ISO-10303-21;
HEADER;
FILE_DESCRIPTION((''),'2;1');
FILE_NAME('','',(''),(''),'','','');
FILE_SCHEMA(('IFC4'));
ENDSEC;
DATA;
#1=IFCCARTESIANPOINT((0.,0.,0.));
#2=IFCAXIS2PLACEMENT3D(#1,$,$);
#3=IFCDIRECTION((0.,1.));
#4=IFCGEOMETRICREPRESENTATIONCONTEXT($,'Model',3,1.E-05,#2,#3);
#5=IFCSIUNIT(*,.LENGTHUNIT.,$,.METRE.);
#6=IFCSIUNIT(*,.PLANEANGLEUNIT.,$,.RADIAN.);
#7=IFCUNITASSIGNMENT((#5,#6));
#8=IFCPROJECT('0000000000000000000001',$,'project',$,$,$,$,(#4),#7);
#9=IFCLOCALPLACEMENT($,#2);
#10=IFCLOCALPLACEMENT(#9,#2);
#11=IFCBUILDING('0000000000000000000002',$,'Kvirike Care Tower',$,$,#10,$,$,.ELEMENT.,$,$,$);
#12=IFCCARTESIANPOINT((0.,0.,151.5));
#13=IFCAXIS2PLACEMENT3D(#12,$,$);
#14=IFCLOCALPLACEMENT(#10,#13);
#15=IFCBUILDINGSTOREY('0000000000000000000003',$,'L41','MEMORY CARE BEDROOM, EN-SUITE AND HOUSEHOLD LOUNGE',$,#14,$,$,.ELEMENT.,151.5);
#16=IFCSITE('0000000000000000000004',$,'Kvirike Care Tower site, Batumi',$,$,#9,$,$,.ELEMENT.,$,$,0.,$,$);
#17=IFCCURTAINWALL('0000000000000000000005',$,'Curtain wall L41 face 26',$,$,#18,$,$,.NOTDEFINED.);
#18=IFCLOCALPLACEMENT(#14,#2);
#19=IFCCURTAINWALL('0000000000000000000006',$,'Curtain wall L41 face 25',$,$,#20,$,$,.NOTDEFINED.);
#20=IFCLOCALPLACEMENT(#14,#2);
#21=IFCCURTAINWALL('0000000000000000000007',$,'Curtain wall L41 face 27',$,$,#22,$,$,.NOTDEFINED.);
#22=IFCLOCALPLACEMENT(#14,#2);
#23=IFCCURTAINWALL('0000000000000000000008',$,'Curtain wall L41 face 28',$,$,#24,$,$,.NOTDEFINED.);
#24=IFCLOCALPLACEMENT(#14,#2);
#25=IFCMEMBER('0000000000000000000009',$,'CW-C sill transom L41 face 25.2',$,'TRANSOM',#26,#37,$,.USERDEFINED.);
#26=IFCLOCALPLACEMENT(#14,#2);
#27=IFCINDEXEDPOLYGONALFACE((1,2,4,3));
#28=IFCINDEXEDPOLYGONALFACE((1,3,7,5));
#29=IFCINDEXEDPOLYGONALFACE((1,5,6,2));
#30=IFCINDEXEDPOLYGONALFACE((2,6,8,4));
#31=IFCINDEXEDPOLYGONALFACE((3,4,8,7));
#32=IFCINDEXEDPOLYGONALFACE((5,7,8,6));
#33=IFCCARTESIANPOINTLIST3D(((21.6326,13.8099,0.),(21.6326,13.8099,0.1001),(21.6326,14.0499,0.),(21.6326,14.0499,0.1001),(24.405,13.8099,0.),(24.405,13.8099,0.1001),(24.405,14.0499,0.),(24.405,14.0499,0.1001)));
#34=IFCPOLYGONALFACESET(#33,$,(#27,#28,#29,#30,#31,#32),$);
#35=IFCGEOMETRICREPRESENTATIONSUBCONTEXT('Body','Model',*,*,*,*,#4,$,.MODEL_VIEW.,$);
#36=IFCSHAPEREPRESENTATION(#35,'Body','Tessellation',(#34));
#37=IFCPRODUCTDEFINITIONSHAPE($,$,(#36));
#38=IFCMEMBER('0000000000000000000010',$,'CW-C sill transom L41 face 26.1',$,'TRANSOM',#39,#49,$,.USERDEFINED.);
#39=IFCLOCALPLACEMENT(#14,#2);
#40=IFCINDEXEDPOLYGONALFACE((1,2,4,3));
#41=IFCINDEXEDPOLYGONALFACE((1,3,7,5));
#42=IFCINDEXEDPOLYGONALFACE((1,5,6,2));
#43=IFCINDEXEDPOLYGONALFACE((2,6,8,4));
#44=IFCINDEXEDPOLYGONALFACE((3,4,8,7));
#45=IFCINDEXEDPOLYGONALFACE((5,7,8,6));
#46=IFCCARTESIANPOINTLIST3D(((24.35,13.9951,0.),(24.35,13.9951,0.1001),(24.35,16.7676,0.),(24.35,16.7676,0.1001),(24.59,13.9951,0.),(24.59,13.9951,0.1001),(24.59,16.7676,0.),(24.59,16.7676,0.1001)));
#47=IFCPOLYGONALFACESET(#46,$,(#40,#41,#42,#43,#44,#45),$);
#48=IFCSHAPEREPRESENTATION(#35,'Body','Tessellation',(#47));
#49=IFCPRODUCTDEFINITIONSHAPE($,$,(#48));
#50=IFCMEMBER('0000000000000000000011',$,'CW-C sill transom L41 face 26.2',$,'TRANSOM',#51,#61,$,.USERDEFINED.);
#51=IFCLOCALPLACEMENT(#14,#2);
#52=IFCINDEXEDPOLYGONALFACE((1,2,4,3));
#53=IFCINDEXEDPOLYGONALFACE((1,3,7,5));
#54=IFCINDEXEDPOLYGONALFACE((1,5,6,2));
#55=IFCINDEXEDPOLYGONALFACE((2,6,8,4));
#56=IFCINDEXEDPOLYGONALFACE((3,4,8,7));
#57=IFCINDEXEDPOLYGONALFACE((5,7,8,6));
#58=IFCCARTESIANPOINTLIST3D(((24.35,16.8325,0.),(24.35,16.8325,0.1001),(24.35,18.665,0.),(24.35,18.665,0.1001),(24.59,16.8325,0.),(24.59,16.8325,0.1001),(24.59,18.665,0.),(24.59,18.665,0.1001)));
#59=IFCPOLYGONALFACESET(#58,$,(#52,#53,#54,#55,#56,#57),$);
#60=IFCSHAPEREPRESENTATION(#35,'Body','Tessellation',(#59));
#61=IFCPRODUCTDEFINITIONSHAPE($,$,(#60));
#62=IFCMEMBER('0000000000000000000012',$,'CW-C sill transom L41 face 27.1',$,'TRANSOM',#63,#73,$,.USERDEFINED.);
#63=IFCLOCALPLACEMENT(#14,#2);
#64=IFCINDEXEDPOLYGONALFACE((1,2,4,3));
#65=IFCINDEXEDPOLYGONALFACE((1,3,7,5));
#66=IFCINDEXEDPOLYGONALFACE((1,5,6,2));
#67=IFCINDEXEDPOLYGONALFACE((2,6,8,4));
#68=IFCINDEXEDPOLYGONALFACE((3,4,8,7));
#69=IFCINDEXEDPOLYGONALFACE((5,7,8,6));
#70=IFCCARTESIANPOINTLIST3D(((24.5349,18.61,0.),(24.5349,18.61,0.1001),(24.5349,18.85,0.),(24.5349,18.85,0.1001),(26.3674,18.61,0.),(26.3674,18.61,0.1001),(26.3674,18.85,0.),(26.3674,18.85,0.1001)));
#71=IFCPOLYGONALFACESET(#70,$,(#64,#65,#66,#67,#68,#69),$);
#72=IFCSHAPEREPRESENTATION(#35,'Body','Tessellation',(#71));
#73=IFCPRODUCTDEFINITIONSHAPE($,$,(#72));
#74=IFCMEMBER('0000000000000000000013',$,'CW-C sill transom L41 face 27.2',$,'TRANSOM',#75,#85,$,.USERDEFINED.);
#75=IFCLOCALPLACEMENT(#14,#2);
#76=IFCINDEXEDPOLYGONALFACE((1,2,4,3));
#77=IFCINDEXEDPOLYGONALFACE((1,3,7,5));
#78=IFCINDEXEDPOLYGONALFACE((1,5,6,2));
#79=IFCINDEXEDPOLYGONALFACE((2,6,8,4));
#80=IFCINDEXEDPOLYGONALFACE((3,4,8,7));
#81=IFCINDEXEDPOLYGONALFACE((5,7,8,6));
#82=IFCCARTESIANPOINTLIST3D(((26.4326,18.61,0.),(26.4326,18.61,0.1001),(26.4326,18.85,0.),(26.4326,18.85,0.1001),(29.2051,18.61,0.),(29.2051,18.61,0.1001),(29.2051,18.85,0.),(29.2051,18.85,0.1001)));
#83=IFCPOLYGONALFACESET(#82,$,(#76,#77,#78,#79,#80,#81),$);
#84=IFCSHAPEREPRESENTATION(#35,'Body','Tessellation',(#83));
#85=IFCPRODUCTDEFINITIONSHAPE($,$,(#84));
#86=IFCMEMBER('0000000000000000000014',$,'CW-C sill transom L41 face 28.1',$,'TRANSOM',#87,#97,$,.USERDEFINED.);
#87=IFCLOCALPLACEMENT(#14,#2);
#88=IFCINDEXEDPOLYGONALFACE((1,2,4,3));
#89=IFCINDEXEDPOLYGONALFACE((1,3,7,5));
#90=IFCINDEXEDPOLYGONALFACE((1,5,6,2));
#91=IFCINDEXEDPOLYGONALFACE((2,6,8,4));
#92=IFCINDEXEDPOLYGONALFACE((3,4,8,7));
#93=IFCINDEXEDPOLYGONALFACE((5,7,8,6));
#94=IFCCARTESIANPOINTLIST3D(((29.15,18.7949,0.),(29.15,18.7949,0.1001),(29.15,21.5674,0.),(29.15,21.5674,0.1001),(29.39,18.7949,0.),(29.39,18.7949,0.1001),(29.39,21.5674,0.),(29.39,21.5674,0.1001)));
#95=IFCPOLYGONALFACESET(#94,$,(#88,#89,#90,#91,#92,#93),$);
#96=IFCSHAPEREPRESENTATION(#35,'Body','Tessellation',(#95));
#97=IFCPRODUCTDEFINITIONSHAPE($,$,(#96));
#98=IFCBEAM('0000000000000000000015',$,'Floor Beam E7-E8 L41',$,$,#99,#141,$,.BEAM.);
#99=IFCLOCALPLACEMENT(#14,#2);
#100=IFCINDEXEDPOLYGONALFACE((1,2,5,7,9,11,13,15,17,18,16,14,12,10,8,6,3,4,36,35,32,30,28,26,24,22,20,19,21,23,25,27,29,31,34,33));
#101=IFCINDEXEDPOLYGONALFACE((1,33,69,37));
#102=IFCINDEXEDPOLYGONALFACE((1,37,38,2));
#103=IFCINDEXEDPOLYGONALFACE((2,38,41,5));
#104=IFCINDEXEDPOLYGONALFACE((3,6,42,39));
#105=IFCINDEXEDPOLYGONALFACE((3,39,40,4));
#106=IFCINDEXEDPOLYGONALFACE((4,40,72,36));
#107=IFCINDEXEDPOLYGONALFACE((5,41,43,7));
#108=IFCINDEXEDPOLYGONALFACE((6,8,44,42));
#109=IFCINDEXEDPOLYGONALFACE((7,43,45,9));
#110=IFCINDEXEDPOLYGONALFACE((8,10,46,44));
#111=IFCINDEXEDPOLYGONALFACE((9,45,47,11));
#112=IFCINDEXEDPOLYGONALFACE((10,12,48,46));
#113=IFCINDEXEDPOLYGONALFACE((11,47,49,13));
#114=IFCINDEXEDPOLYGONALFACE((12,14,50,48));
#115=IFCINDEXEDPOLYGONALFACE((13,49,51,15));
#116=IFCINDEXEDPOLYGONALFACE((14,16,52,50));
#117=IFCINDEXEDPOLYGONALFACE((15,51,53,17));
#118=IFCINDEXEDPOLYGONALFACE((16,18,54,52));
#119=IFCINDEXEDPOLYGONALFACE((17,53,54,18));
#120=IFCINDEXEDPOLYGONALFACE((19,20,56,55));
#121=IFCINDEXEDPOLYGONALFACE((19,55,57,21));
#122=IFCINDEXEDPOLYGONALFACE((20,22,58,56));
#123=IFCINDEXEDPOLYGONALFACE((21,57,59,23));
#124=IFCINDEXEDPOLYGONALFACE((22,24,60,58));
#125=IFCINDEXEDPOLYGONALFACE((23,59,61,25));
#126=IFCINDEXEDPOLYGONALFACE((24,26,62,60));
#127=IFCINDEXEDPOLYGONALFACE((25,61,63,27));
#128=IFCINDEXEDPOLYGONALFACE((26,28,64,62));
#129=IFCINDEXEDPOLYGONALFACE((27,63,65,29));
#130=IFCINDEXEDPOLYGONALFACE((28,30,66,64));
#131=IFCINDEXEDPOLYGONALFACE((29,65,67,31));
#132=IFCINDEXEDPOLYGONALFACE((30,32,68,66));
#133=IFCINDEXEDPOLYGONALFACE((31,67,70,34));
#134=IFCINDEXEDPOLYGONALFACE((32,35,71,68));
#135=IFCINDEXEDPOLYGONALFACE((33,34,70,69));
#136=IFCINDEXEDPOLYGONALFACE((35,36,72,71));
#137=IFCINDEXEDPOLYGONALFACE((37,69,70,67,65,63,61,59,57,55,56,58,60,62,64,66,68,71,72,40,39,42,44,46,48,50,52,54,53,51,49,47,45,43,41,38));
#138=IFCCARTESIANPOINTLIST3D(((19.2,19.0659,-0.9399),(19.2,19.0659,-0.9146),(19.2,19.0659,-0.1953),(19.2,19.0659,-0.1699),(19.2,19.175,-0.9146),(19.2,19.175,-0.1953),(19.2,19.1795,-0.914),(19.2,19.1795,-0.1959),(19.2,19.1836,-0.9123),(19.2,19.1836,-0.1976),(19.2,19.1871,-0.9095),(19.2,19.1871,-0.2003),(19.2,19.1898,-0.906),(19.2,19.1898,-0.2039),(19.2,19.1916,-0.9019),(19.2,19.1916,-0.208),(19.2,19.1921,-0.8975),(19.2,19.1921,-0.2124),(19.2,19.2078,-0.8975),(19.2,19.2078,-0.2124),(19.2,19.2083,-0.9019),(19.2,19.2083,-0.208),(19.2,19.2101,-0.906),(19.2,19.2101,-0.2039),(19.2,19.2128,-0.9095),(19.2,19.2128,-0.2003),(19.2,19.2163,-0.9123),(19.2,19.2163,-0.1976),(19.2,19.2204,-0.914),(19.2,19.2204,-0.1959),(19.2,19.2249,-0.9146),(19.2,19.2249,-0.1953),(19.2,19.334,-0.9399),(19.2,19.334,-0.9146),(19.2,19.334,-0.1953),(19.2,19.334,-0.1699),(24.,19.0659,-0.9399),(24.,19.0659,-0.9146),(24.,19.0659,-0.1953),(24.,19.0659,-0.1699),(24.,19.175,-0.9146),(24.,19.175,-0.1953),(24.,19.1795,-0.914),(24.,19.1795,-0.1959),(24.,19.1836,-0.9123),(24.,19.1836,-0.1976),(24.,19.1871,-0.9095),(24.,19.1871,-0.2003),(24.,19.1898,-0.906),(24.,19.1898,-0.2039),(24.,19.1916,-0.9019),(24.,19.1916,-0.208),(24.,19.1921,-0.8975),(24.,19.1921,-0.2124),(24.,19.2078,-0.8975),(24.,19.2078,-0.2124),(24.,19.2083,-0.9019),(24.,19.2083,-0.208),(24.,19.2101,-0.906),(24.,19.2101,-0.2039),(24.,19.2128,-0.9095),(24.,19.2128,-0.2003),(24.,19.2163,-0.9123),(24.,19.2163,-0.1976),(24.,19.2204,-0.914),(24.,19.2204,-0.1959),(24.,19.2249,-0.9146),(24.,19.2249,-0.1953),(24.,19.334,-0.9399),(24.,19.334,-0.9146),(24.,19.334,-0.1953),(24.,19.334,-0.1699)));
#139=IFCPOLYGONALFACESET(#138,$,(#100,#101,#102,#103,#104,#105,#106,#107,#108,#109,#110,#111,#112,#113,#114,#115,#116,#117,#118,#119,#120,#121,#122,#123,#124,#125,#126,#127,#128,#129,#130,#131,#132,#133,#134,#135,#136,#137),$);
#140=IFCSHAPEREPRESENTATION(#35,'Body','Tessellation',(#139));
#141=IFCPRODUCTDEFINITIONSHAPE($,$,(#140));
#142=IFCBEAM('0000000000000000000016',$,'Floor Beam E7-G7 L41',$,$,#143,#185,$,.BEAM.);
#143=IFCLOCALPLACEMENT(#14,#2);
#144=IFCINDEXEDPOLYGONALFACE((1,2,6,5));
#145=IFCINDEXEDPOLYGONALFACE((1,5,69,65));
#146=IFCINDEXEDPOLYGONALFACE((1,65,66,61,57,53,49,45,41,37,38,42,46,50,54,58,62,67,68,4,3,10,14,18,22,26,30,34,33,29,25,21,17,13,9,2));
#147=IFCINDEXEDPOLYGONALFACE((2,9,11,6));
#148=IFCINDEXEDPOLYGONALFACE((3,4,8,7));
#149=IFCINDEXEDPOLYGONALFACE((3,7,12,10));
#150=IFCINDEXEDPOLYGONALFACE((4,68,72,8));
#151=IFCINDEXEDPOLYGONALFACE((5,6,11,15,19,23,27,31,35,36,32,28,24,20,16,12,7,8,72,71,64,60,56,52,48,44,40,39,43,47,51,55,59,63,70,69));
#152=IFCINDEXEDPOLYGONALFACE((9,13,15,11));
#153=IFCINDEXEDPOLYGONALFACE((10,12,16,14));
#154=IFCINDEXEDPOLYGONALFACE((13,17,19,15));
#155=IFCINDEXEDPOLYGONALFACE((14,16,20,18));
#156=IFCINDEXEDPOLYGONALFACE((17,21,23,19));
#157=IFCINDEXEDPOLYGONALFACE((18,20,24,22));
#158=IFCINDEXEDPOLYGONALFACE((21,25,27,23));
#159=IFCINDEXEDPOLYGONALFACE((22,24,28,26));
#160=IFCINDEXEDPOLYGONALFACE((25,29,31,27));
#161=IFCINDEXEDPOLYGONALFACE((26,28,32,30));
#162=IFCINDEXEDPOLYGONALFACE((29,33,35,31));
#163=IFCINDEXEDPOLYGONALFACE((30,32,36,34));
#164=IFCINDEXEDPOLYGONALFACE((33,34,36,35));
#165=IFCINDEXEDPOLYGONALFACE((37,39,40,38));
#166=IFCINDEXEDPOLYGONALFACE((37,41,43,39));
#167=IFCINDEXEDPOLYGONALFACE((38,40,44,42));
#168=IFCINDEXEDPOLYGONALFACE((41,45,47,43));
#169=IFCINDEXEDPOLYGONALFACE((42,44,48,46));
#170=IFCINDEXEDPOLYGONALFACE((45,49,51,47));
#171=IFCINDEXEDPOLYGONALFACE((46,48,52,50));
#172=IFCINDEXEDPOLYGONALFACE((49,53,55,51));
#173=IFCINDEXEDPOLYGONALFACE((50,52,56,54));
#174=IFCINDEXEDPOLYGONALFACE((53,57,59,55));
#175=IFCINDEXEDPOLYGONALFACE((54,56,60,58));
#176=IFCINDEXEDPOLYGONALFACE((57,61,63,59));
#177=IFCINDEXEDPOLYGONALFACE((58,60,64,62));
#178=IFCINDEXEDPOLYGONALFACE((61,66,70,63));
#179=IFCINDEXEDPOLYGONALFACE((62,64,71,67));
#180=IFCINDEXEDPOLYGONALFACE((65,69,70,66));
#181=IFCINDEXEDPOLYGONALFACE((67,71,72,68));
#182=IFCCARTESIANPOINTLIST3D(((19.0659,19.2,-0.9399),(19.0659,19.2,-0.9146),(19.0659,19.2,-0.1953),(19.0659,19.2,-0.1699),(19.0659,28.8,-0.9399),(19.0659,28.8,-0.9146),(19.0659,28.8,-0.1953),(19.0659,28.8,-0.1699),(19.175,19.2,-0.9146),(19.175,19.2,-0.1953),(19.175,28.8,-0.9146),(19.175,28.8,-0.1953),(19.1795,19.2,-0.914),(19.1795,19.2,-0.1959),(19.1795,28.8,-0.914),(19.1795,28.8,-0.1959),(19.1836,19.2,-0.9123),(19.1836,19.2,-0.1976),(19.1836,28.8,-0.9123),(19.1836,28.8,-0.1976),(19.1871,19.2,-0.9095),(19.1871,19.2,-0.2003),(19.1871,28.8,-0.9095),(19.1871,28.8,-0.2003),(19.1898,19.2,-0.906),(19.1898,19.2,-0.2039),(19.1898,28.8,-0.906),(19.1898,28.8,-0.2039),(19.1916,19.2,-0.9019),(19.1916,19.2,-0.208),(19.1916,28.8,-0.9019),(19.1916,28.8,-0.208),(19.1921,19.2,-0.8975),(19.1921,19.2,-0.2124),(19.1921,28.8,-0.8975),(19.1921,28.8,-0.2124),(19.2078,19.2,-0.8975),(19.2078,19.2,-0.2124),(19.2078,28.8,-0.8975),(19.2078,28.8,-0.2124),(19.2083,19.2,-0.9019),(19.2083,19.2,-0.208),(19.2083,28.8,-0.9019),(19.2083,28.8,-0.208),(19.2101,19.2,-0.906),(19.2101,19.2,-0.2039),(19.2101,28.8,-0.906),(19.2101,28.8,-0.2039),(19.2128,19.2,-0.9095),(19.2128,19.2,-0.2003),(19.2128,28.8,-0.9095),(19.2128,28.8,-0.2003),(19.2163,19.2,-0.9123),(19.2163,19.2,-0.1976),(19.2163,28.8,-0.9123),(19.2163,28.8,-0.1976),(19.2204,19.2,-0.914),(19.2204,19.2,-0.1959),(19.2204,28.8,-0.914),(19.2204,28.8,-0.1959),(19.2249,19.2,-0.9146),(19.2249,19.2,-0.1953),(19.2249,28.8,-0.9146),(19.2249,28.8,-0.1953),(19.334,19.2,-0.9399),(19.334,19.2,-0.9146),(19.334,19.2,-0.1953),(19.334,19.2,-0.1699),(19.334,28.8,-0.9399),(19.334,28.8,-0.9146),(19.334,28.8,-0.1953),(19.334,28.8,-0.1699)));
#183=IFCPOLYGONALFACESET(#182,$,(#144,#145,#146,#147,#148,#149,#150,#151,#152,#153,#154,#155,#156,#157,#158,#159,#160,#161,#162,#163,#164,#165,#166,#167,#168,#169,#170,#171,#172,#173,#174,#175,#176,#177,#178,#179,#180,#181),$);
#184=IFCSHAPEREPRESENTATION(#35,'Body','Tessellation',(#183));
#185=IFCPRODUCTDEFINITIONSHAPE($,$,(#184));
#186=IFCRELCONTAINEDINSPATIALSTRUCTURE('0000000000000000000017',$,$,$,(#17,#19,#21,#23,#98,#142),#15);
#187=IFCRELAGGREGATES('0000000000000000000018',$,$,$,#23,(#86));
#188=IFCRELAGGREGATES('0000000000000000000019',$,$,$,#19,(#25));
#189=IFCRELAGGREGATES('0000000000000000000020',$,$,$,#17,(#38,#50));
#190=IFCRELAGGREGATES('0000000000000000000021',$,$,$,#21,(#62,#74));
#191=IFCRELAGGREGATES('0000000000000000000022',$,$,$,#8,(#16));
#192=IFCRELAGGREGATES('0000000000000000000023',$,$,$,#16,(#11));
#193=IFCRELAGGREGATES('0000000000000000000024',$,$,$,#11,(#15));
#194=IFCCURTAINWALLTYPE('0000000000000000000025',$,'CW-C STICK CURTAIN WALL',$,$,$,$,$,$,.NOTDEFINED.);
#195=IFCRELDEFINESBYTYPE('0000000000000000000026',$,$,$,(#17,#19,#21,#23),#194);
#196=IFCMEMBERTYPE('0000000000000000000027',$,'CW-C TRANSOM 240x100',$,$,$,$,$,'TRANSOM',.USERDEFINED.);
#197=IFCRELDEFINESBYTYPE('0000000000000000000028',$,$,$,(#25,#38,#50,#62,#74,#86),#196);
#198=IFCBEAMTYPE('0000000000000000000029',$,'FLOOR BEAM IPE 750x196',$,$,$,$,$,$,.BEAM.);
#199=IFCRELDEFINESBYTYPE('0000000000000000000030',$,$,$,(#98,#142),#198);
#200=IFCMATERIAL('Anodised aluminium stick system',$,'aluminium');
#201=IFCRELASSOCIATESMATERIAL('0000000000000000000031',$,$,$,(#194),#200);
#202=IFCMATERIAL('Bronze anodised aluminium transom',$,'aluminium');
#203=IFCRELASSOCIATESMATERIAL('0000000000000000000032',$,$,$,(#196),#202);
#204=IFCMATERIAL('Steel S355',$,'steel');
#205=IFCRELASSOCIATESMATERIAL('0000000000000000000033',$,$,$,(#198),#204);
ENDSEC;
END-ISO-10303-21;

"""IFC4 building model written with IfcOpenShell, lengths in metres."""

from ifc_helpers import new_model, si_unit, direction, frame, origin, origin_2d, place, context, subcontext, project, spatial, rectangle, i_section, extrude, material, material_profile, profile_set, type_object, element, aggregate, save


model = new_model("IFC4")

# Units and contexts
model_context = context("Model", 3, precision=1e-05, world=origin(), true_north=direction((0.0, 1.0)))
body_context = subcontext(model_context, "Body", "Model", "MODEL_VIEW")
ifc_project = project(units=[si_unit("LENGTHUNIT", "METRE"), si_unit("PLANEANGLEUNIT", "RADIAN")], contexts=[model_context])

# Site, building, storey
site_placement = place(None, origin())
site = spatial("IfcSite", under=ifc_project, at=site_placement, Name="Kvirike Care Tower site, Batumi", CompositionType="ELEMENT", RefElevation=0.0)
building_placement = place(site_placement, origin())
building = spatial("IfcBuilding", under=site, at=building_placement, Name="Kvirike Care Tower", CompositionType="ELEMENT")
storey_placement = place(building_placement, frame((0.0, 0.0, 151.5)))
storey = spatial("IfcBuildingStorey", under=building, at=storey_placement, Name="L41", Description="MEMORY CARE BEDROOM, EN-SUITE AND HOUSEHOLD LOUNGE", CompositionType="ELEMENT", Elevation=151.5)

# Curtain wall
ifc_material_1 = material(Name="Anodised aluminium stick system", Category="aluminium")
curtain_wall_type = type_object("IfcCurtainWallType", Name="CW-C STICK CURTAIN WALL", PredefinedType="NOTDEFINED", material=ifc_material_1)
curtain_wall_1_placement = place(storey_placement, origin())
curtain_wall_1 = element("IfcCurtainWall", 1, at=curtain_wall_1_placement, inside=storey, type_object=curtain_wall_type, Name="Curtain wall L41 face 26", PredefinedType="NOTDEFINED")

# Curtain wall
curtain_wall_2_placement = place(storey_placement, origin())
curtain_wall_2 = element("IfcCurtainWall", 2, at=curtain_wall_2_placement, inside=storey, type_object=curtain_wall_type, Name="Curtain wall L41 face 25", PredefinedType="NOTDEFINED")

# Curtain wall
curtain_wall_3_placement = place(storey_placement, origin())
curtain_wall_3 = element("IfcCurtainWall", 3, at=curtain_wall_3_placement, inside=storey, type_object=curtain_wall_type, Name="Curtain wall L41 face 27", PredefinedType="NOTDEFINED")

# Curtain wall
curtain_wall_4_placement = place(storey_placement, origin())
curtain_wall_4 = element("IfcCurtainWall", 4, at=curtain_wall_4_placement, inside=storey, type_object=curtain_wall_type, Name="Curtain wall L41 face 28", PredefinedType="NOTDEFINED")

# Members
ifc_material_2 = material(Name="Bronze anodised aluminium transom", Category="aluminium")
ifc_material_profile_1 = material_profile(ifc_material_2, rectangle(XDim=0.24, YDim=0.1001, at=origin_2d()), Name="CW-C TRANSOM 240x100")
ifc_profile_set_1 = profile_set([ifc_material_profile_1], Name="Bronze anodised aluminium transom")
member_type_1 = type_object("IfcMemberType", Name="CW-C TRANSOM 240x100", ElementType="TRANSOM", PredefinedType="USERDEFINED", material=ifc_profile_set_1)
member_1_placement = place(storey_placement, frame((21.6326, 13.9299, 0.05), z_axis=(1.0, 0.0, 0.0), x_axis=(0.0, 1.0, 0.0)))
member_1 = element("IfcMember", 5, at=member_1_placement, type_object=member_type_1, Name="CW-C sill transom L41 face 25.2", ObjectType="TRANSOM", PredefinedType="USERDEFINED", context=body_context, shape_type="SweptSolid", body=[
    extrude(rectangle(XDim=0.24, YDim=0.1001, at=origin_2d()), origin(), (0.0, 0.0, 1.0), 2.7725),
])
member_2_placement = place(storey_placement, frame((24.47, 13.9951, 0.05), z_axis=(0.0, 1.0, 0.0), x_axis=(-1.0, 0.0, 0.0)))
member_2 = element("IfcMember", 6, at=member_2_placement, type_object=member_type_1, Name="CW-C sill transom L41 face 26.1", ObjectType="TRANSOM", PredefinedType="USERDEFINED", context=body_context, shape_type="SweptSolid", body=[
    extrude(rectangle(XDim=0.24, YDim=0.1001, at=origin_2d()), origin(), (0.0, 0.0, 1.0), 2.7725),
])
member_3_placement = place(storey_placement, frame((24.47, 16.8325, 0.05), z_axis=(0.0, 1.0, 0.0), x_axis=(-1.0, 0.0, 0.0)))
member_3 = element("IfcMember", 7, at=member_3_placement, type_object=member_type_1, Name="CW-C sill transom L41 face 26.2", ObjectType="TRANSOM", PredefinedType="USERDEFINED", context=body_context, shape_type="SweptSolid", body=[
    extrude(rectangle(XDim=0.24, YDim=0.1001, at=origin_2d()), origin(), (0.0, 0.0, 1.0), 1.8325),
])
member_4_placement = place(storey_placement, frame((24.5349, 18.73, 0.05), z_axis=(1.0, 0.0, 0.0), x_axis=(0.0, 1.0, 0.0)))
member_4 = element("IfcMember", 8, at=member_4_placement, type_object=member_type_1, Name="CW-C sill transom L41 face 27.1", ObjectType="TRANSOM", PredefinedType="USERDEFINED", context=body_context, shape_type="SweptSolid", body=[
    extrude(rectangle(XDim=0.24, YDim=0.1001, at=origin_2d()), origin(), (0.0, 0.0, 1.0), 1.8325),
])
member_5_placement = place(storey_placement, frame((26.4326, 18.73, 0.05), z_axis=(1.0, 0.0, 0.0), x_axis=(0.0, 1.0, 0.0)))
member_5 = element("IfcMember", 9, at=member_5_placement, type_object=member_type_1, Name="CW-C sill transom L41 face 27.2", ObjectType="TRANSOM", PredefinedType="USERDEFINED", context=body_context, shape_type="SweptSolid", body=[
    extrude(rectangle(XDim=0.24, YDim=0.1001, at=origin_2d()), origin(), (0.0, 0.0, 1.0), 2.7725),
])
member_6_placement = place(storey_placement, frame((29.27, 18.7949, 0.05), z_axis=(0.0, 1.0, 0.0), x_axis=(-1.0, 0.0, 0.0)))
member_6 = element("IfcMember", 10, at=member_6_placement, type_object=member_type_1, Name="CW-C sill transom L41 face 28.1", ObjectType="TRANSOM", PredefinedType="USERDEFINED", context=body_context, shape_type="SweptSolid", body=[
    extrude(rectangle(XDim=0.24, YDim=0.1001, at=origin_2d()), origin(), (0.0, 0.0, 1.0), 2.7725),
])
aggregate(curtain_wall_4, [member_6])

# Beams
ifc_material_3 = material(Name="Steel S355", Category="steel")
ifc_material_profile_2 = material_profile(ifc_material_3, i_section(OverallWidth=0.2681, OverallDepth=0.77, WebThickness=0.0156, FlangeThickness=0.0254, FilletRadius=0.0171, at=origin_2d()), Name="IPE 750x196")
ifc_profile_set_2 = profile_set([ifc_material_profile_2], Name="Steel S355")
beam_type_1 = type_object("IfcBeamType", Name="FLOOR BEAM IPE 750x196", PredefinedType="BEAM", material=ifc_profile_set_2)
beam_1_placement = place(storey_placement, frame((19.2, 19.2, -0.5549), z_axis=(1.0, 0.0, 0.0), x_axis=(0.0, 1.0, 0.0)))
element("IfcBeam", 11, at=beam_1_placement, inside=storey, type_object=beam_type_1, Name="Floor Beam E7-E8 L41", PredefinedType="BEAM", context=body_context, shape_type="SweptSolid", body=[
    extrude(i_section(OverallWidth=0.2681, OverallDepth=0.77, WebThickness=0.0156, FlangeThickness=0.0254, FilletRadius=0.0171, at=origin_2d()), origin(), (0.0, 0.0, 1.0), 4.8),
])
beam_2_placement = place(storey_placement, frame((19.2, 19.2, -0.5549), z_axis=(0.0, 1.0, 0.0), x_axis=(-1.0, 0.0, 0.0)))
element("IfcBeam", 12, at=beam_2_placement, inside=storey, type_object=beam_type_1, Name="Floor Beam E7-G7 L41", PredefinedType="BEAM", context=body_context, shape_type="SweptSolid", body=[
    extrude(i_section(OverallWidth=0.2681, OverallDepth=0.77, WebThickness=0.0156, FlangeThickness=0.0254, FilletRadius=0.0171, at=origin_2d()), origin(), (0.0, 0.0, 1.0), 9.6001),
])

aggregate(curtain_wall_2, [member_1])
aggregate(curtain_wall_1, [member_2, member_3])
aggregate(curtain_wall_3, [member_4, member_5])

save(model, "model.ifc")
